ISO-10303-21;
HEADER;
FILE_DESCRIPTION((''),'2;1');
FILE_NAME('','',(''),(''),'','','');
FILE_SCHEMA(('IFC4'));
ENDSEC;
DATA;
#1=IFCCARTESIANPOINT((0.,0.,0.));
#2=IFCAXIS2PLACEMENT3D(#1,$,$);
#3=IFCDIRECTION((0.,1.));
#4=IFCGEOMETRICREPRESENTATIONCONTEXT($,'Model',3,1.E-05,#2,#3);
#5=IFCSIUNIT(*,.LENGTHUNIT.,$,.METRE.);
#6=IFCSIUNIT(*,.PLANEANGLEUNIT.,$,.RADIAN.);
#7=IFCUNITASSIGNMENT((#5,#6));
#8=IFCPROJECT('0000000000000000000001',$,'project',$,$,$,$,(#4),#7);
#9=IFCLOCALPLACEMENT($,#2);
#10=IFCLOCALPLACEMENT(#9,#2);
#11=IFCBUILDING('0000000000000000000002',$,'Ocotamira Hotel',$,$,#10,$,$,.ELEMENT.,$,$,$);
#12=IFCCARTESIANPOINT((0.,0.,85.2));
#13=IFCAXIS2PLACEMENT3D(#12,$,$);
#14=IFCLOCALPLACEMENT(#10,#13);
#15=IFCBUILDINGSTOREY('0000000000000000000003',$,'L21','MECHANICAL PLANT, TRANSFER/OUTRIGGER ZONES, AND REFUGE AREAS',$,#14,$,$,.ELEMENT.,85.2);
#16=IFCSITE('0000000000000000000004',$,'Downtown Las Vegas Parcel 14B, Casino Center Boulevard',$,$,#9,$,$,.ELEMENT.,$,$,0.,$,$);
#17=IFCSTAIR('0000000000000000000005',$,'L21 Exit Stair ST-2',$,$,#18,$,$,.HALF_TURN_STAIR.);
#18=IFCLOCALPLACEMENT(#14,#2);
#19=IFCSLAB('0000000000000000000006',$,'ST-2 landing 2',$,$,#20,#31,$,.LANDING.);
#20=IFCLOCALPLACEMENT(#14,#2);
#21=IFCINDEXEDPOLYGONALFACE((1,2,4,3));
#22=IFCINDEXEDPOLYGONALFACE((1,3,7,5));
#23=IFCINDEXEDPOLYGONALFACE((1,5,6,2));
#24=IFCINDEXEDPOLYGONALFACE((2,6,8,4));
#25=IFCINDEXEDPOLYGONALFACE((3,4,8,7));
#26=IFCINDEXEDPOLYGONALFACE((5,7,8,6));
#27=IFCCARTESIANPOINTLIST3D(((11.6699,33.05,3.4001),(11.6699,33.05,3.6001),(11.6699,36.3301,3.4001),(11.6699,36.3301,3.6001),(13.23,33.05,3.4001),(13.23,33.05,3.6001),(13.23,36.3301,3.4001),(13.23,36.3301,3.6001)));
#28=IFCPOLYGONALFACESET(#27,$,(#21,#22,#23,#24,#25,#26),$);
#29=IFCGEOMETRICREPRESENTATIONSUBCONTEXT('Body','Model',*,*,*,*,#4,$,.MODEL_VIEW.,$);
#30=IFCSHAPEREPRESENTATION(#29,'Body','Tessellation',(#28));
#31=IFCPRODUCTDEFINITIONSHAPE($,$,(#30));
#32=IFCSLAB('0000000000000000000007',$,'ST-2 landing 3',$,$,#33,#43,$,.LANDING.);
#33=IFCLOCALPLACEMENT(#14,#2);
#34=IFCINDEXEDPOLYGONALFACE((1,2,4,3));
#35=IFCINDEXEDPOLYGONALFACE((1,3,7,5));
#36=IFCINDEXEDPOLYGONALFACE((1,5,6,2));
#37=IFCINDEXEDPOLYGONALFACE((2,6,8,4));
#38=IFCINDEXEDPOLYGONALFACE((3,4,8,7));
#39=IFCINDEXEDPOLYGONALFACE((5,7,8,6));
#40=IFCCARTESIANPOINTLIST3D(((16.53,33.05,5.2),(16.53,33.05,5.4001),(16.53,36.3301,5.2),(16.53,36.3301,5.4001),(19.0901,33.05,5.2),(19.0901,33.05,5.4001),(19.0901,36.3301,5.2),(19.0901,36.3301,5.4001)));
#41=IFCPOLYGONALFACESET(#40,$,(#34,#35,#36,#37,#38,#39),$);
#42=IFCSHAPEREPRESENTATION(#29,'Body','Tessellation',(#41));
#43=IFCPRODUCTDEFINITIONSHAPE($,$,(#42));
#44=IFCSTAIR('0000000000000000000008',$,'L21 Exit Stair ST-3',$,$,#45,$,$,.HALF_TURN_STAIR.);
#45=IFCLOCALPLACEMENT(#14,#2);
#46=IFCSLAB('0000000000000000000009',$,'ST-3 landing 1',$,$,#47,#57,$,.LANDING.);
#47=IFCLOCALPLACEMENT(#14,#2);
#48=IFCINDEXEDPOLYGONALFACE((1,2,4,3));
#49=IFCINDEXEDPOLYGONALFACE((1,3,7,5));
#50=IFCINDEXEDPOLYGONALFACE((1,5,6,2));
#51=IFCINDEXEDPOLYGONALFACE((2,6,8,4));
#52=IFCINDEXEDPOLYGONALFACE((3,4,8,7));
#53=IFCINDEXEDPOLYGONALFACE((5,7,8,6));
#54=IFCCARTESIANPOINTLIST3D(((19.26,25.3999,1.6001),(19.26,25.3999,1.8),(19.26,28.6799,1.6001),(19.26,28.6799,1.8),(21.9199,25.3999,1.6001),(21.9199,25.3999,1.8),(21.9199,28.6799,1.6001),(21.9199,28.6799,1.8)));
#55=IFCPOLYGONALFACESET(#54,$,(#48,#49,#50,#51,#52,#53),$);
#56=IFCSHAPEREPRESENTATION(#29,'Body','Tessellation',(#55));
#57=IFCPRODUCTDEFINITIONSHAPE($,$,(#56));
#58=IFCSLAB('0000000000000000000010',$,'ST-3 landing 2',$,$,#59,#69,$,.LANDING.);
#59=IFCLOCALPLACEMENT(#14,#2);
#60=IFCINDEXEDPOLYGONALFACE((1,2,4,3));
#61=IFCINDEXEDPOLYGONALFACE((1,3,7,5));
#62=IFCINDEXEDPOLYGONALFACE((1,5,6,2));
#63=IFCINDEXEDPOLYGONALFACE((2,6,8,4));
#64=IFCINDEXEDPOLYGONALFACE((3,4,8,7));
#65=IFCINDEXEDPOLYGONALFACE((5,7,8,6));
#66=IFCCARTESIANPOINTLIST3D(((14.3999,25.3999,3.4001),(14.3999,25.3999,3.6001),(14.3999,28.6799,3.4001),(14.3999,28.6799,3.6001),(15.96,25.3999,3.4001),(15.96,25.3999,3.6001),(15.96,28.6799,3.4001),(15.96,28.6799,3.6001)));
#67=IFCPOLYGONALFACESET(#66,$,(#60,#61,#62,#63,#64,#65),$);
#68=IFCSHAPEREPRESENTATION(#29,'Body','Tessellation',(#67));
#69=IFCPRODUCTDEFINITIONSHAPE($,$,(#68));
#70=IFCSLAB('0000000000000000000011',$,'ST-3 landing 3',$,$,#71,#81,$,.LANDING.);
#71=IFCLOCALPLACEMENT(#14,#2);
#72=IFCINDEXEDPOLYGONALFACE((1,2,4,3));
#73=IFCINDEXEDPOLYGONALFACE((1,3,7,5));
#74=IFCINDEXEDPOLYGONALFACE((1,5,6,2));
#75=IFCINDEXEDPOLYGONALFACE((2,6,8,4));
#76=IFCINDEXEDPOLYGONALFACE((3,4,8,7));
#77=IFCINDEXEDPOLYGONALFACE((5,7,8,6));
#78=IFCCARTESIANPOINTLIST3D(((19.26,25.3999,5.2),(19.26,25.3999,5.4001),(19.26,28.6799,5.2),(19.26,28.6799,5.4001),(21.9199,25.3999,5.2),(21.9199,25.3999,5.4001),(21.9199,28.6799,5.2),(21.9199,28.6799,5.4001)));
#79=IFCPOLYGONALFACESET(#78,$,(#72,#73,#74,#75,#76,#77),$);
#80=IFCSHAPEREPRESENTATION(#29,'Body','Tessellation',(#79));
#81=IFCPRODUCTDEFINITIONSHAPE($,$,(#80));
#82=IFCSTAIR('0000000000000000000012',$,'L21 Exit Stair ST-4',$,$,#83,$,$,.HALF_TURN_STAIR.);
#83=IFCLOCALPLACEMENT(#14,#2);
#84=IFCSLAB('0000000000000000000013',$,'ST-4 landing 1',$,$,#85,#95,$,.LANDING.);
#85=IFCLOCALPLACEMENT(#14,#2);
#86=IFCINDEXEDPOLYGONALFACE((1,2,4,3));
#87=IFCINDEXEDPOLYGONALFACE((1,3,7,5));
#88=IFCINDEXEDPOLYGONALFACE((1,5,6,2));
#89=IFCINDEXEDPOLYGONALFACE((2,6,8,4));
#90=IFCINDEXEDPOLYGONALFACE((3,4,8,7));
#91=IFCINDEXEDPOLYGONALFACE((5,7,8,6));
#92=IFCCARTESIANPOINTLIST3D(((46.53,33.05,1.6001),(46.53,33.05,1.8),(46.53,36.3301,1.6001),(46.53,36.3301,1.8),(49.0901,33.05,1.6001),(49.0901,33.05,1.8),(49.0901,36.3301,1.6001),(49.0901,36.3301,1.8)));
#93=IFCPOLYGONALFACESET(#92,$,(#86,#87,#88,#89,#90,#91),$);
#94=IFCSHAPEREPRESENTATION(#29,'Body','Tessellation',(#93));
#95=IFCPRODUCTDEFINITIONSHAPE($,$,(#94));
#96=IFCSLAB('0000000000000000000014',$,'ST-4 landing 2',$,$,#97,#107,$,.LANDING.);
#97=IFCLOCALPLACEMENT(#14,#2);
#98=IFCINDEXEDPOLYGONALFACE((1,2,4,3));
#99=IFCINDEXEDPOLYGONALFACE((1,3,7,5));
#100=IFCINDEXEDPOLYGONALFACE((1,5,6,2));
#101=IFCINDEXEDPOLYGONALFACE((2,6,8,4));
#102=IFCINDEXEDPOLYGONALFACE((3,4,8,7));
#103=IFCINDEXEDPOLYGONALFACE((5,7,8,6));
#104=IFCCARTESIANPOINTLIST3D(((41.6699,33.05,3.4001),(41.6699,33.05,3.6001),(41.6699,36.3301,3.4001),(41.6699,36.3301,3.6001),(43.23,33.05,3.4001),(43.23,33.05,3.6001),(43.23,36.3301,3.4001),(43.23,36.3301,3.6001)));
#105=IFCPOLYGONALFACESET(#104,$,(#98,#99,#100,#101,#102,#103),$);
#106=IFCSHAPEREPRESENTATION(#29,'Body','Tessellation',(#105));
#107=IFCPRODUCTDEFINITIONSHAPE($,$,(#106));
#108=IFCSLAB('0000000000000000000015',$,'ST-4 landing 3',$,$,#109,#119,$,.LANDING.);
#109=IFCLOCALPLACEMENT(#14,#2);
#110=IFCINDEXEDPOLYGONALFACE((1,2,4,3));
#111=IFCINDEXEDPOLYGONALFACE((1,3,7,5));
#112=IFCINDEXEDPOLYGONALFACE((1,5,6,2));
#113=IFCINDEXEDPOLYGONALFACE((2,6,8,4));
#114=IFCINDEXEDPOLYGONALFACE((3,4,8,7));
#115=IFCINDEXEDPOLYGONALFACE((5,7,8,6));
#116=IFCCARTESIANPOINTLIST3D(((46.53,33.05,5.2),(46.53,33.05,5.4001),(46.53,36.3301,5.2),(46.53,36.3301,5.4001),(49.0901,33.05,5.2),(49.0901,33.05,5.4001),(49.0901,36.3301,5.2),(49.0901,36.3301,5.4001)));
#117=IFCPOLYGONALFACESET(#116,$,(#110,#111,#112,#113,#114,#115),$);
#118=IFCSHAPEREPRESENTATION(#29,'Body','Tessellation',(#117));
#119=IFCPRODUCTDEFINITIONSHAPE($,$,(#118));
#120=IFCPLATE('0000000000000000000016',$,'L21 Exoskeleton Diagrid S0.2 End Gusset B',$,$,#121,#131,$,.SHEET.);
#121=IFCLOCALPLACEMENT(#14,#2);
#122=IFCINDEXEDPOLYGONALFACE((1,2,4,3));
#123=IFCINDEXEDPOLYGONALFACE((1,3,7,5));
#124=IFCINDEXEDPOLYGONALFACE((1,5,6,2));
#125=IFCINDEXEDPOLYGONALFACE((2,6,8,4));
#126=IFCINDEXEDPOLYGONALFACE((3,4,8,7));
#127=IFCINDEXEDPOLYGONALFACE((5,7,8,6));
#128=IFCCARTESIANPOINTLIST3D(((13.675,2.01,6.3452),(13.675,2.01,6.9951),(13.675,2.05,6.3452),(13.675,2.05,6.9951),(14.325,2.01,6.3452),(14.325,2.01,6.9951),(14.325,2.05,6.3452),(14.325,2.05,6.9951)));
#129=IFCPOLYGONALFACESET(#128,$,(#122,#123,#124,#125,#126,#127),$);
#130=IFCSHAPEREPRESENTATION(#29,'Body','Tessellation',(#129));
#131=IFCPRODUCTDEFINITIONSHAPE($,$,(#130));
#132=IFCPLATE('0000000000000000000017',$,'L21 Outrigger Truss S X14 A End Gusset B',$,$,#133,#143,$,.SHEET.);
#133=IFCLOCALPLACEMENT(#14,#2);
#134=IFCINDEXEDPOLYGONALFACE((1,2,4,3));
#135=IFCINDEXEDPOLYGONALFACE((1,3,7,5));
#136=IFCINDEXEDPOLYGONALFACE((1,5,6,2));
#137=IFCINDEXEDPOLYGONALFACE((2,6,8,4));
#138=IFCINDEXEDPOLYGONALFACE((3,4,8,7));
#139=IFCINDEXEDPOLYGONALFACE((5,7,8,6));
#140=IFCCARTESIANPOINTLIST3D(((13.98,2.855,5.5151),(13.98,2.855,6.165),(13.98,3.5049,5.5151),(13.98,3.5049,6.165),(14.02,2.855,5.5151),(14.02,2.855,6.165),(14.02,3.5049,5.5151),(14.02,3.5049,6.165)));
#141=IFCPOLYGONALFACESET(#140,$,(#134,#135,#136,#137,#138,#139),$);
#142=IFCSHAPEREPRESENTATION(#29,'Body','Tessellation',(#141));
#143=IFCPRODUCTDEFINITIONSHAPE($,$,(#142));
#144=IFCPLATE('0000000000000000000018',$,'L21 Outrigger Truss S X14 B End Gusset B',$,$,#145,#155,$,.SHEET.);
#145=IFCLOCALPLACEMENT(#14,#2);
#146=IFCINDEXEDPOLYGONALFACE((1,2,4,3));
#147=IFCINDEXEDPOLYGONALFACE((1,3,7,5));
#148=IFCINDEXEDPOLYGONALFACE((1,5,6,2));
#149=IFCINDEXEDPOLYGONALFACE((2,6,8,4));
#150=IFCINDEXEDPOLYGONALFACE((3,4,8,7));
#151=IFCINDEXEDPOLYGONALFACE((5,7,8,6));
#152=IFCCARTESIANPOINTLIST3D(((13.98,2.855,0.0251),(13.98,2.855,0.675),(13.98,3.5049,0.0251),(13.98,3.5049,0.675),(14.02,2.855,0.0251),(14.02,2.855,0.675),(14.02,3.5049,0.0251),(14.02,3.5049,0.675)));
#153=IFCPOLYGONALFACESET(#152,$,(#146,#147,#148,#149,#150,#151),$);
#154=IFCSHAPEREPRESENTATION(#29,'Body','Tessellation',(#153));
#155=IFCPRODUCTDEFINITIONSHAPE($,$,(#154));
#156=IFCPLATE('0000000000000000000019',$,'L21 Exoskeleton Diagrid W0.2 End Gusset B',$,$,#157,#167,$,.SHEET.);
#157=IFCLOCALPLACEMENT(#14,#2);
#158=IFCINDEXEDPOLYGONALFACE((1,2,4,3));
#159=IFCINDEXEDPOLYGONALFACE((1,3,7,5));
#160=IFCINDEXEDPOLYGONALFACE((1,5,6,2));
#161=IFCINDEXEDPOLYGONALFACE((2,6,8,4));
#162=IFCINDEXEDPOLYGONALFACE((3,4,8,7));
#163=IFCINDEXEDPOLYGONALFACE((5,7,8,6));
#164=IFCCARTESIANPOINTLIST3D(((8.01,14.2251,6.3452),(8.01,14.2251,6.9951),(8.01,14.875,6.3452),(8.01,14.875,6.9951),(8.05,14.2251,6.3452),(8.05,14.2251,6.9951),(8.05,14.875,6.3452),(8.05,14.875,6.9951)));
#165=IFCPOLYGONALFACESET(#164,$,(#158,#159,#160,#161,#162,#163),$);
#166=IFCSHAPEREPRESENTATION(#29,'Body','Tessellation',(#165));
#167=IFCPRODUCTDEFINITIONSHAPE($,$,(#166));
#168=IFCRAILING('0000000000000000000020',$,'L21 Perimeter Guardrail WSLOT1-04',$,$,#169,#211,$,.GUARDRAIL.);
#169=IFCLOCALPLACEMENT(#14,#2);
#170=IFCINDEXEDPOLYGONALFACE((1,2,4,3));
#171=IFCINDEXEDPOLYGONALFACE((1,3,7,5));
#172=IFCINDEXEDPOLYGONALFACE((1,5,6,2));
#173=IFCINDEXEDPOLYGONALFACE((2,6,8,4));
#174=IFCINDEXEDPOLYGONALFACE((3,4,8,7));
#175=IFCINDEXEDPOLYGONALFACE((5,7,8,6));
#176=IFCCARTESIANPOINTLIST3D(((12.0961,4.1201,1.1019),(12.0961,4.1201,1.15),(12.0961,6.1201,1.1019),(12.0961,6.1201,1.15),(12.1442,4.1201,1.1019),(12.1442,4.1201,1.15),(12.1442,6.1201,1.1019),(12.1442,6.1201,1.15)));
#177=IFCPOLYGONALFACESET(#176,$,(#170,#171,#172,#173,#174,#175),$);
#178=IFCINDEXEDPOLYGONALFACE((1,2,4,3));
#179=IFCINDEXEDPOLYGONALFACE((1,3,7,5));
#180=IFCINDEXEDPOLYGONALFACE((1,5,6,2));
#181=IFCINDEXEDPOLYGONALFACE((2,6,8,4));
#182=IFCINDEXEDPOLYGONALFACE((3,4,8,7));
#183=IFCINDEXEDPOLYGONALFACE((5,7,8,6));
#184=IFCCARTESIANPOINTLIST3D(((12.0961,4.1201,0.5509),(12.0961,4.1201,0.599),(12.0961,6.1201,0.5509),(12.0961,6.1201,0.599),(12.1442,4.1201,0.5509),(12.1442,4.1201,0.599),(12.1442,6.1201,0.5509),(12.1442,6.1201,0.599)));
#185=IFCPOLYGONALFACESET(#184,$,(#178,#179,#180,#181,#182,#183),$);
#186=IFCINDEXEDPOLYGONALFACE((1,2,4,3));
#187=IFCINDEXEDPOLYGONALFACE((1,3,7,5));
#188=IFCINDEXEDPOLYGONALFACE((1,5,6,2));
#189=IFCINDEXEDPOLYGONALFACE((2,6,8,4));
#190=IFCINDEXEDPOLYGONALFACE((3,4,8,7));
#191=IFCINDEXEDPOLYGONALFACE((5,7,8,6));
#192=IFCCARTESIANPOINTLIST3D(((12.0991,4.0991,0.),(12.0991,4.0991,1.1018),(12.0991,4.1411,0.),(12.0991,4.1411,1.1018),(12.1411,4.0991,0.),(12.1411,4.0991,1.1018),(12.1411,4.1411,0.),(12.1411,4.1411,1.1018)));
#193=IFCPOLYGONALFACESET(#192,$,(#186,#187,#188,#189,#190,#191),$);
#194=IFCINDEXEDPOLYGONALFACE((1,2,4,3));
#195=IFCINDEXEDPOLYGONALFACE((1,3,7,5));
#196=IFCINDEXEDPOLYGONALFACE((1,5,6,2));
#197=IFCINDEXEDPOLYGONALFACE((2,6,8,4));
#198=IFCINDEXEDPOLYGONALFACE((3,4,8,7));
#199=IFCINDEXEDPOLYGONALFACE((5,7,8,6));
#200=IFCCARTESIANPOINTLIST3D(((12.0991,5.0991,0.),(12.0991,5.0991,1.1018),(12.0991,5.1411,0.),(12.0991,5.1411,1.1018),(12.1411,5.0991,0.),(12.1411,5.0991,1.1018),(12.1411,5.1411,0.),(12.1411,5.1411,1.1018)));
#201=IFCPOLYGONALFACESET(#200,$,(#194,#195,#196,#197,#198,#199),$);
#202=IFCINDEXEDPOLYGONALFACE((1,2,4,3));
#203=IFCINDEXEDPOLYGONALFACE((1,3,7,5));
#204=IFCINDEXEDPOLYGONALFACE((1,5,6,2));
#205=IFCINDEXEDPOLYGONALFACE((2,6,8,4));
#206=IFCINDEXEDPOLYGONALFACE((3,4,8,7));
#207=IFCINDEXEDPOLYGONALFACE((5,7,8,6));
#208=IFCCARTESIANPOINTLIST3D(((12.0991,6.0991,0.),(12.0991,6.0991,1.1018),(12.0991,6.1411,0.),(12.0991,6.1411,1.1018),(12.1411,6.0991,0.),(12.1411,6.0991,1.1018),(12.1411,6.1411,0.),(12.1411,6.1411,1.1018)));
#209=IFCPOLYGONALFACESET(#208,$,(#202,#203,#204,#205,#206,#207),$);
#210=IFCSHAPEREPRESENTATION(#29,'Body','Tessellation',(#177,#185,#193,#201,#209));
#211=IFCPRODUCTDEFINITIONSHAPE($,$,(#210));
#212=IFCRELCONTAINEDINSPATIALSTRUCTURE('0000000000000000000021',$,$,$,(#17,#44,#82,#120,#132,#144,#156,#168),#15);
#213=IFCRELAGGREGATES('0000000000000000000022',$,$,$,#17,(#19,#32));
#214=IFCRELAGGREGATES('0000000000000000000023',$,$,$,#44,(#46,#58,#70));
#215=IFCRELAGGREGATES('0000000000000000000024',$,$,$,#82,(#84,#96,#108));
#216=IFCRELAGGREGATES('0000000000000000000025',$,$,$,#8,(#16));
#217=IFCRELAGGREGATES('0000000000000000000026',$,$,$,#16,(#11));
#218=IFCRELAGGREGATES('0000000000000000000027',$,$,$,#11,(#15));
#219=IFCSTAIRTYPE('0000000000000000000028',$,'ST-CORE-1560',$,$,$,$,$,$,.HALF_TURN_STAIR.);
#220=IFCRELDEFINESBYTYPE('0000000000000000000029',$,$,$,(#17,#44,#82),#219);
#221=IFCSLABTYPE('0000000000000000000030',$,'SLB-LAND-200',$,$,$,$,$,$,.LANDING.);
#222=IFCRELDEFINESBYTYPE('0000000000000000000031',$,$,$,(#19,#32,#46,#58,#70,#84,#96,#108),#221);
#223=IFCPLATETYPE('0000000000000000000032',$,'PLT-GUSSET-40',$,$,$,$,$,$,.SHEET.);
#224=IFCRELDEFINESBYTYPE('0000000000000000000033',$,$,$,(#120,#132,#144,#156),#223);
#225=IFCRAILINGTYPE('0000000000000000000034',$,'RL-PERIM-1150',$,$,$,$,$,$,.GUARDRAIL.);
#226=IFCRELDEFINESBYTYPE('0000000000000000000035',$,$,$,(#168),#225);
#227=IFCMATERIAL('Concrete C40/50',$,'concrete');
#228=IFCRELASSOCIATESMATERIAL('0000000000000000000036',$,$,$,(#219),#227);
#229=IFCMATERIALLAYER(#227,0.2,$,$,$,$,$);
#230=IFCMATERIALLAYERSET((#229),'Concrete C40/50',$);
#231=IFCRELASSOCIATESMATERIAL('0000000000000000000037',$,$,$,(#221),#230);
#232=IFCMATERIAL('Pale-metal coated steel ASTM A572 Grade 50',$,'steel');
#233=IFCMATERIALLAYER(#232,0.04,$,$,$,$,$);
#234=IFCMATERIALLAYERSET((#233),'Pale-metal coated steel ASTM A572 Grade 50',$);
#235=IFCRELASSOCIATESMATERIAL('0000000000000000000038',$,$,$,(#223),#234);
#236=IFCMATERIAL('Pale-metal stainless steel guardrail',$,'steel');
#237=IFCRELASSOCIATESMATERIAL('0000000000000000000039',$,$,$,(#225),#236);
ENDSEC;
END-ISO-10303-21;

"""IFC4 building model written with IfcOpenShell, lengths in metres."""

from ifc_helpers import new_model, si_unit, direction, frame, origin, origin_2d, place, context, subcontext, project, spatial, polyline, rectangle, outline, extrude, source, transform, mapped, material, layer, layer_set, type_object, element, aggregate, save


model = new_model("IFC4")

# Units and contexts
model_context = context("Model", 3, precision=1e-05, world=origin(), true_north=direction((0.0, 1.0)))
body_context = subcontext(model_context, "Body", "Model", "MODEL_VIEW")
ifc_project = project(units=[si_unit("LENGTHUNIT", "METRE"), si_unit("PLANEANGLEUNIT", "RADIAN")], contexts=[model_context])

# Site, building, storey
site_placement = place(None, origin())
site = spatial("IfcSite", under=ifc_project, at=site_placement, Name="Downtown Las Vegas Parcel 14B, Casino Center Boulevard", CompositionType="ELEMENT", RefElevation=0.0)
building_placement = place(site_placement, origin())
building = spatial("IfcBuilding", under=site, at=building_placement, Name="Ocotamira Hotel", CompositionType="ELEMENT")
storey_placement = place(building_placement, frame((0.0, 0.0, 85.2)))
storey = spatial("IfcBuildingStorey", under=building, at=storey_placement, Name="L21", Description="MECHANICAL PLANT, TRANSFER/OUTRIGGER ZONES, AND REFUGE AREAS", CompositionType="ELEMENT", Elevation=85.2)

# Shared definitions
ifc_material_1 = material(Name="Concrete C40/50", Category="concrete")

# Stairs, slabs
stair_type = type_object("IfcStairType", Name="ST-CORE-1560", PredefinedType="HALF_TURN_STAIR", material=ifc_material_1)
ifc_layer_1 = layer(ifc_material_1, 0.2)
ifc_layer_set_1 = layer_set([ifc_layer_1], Name="Concrete C40/50")
slab_type_1 = type_object("IfcSlabType", Name="SLB-LAND-200", PredefinedType="LANDING", material=ifc_layer_set_1)
stair_1_placement = place(storey_placement, origin())
stair_1 = element("IfcStair", 1, at=stair_1_placement, inside=storey, type_object=stair_type, Name="L21 Exit Stair ST-2", PredefinedType="HALF_TURN_STAIR")
slab_1_placement = place(storey_placement, frame((0.0, 0.0, 3.4001)))
slab_1 = element("IfcSlab", 2, at=slab_1_placement, type_object=slab_type_1, Name="ST-2 landing 2", PredefinedType="LANDING", context=body_context, shape_type="SweptSolid", body=[
    extrude(outline(polyline([(11.6699, 33.05), (13.23, 33.05), (13.23, 36.3301), (11.6699, 36.3301), (11.6699, 33.05)])), origin(), (0.0, 0.0, 1.0), 0.2),
])
slab_2_placement = place(storey_placement, frame((0.0, 0.0, 5.2)))
slab_2 = element("IfcSlab", 3, at=slab_2_placement, type_object=slab_type_1, Name="ST-2 landing 3", PredefinedType="LANDING", context=body_context, shape_type="SweptSolid", body=[
    extrude(outline(polyline([(16.53, 33.05), (19.0901, 33.05), (19.0901, 36.3301), (16.53, 36.3301), (16.53, 33.05)])), origin(), (0.0, 0.0, 1.0), 0.2002),
])
aggregate(stair_1, [slab_1, slab_2])
stair_2_placement = place(storey_placement, origin())
stair_2 = element("IfcStair", 4, at=stair_2_placement, inside=storey, type_object=stair_type, Name="L21 Exit Stair ST-3", PredefinedType="HALF_TURN_STAIR")
slab_3_placement = place(storey_placement, frame((0.0, 0.0, 1.6001)))
slab_3 = element("IfcSlab", 5, at=slab_3_placement, type_object=slab_type_1, Name="ST-3 landing 1", PredefinedType="LANDING", context=body_context, shape_type="SweptSolid", body=[
    extrude(outline(polyline([(19.26, 25.3999), (21.9199, 25.3999), (21.9199, 28.6799), (19.26, 28.6799), (19.26, 25.3999)])), origin(), (0.0, 0.0, 1.0), 0.2),
])
slab_4_placement = place(storey_placement, frame((0.0, 0.0, 3.4001)))
slab_4 = element("IfcSlab", 6, at=slab_4_placement, type_object=slab_type_1, Name="ST-3 landing 2", PredefinedType="LANDING", context=body_context, shape_type="SweptSolid", body=[
    extrude(outline(polyline([(14.3999, 25.3999), (15.96, 25.3999), (15.96, 28.6799), (14.3999, 28.6799), (14.3999, 25.3999)])), origin(), (0.0, 0.0, 1.0), 0.2),
])
slab_5_placement = place(storey_placement, frame((0.0, 0.0, 5.2)))
slab_5 = element("IfcSlab", 7, at=slab_5_placement, type_object=slab_type_1, Name="ST-3 landing 3", PredefinedType="LANDING", context=body_context, shape_type="SweptSolid", body=[
    extrude(outline(polyline([(19.26, 25.3999), (21.9199, 25.3999), (21.9199, 28.6799), (19.26, 28.6799), (19.26, 25.3999)])), origin(), (0.0, 0.0, 1.0), 0.2002),
])
aggregate(stair_2, [slab_3, slab_4, slab_5])
stair_3_placement = place(storey_placement, origin())
stair_3 = element("IfcStair", 8, at=stair_3_placement, inside=storey, type_object=stair_type, Name="L21 Exit Stair ST-4", PredefinedType="HALF_TURN_STAIR")
slab_6_placement = place(storey_placement, frame((0.0, 0.0, 1.6001)))
slab_6 = element("IfcSlab", 9, at=slab_6_placement, type_object=slab_type_1, Name="ST-4 landing 1", PredefinedType="LANDING", context=body_context, shape_type="SweptSolid", body=[
    extrude(outline(polyline([(46.53, 33.05), (49.0901, 33.05), (49.0901, 36.3301), (46.53, 36.3301), (46.53, 33.05)])), origin(), (0.0, 0.0, 1.0), 0.2),
])
slab_7_placement = place(storey_placement, frame((0.0, 0.0, 3.4001)))
slab_7 = element("IfcSlab", 10, at=slab_7_placement, type_object=slab_type_1, Name="ST-4 landing 2", PredefinedType="LANDING", context=body_context, shape_type="SweptSolid", body=[
    extrude(outline(polyline([(41.6699, 33.05), (43.23, 33.05), (43.23, 36.3301), (41.6699, 36.3301), (41.6699, 33.05)])), origin(), (0.0, 0.0, 1.0), 0.2),
])
slab_8_placement = place(storey_placement, frame((0.0, 0.0, 5.2)))
slab_8 = element("IfcSlab", 11, at=slab_8_placement, type_object=slab_type_1, Name="ST-4 landing 3", PredefinedType="LANDING", context=body_context, shape_type="SweptSolid", body=[
    extrude(outline(polyline([(46.53, 33.05), (49.0901, 33.05), (49.0901, 36.3301), (46.53, 36.3301), (46.53, 33.05)])), origin(), (0.0, 0.0, 1.0), 0.2002),
])
aggregate(stair_3, [slab_6, slab_7, slab_8])

# Plates
ifc_material_2 = material(Name="Pale-metal coated steel ASTM A572 Grade 50", Category="steel")
ifc_layer_2 = layer(ifc_material_2, 0.04)
ifc_layer_set_2 = layer_set([ifc_layer_2], Name="Pale-metal coated steel ASTM A572 Grade 50")
plate_type = type_object("IfcPlateType", Name="PLT-GUSSET-40", PredefinedType="SHEET", material=ifc_layer_set_2)
shared_shape_1 = source(origin(), body_context, "Body", "SweptSolid", [
    extrude(rectangle(XDim=0.6499, YDim=0.04, at=origin_2d()), origin(), (0.0, 0.0, 1.0), 0.6499),
])
plate_placement = place(storey_placement, frame((14.0, 2.03, 6.3452), z_axis=(0.0, 0.0, 1.0), x_axis=(-1.0, 0.0, 0.0)))
element("IfcPlate", 12, at=plate_placement, inside=storey, type_object=plate_type, Name="L21 Exoskeleton Diagrid S0.2 End Gusset B", PredefinedType="SHEET", context=body_context, shape_type="MappedRepresentation", body=[
    mapped(shared_shape_1, transform((0.0, 0.0, 0.0), scale=1.0)),
])
shared_shape_2 = source(origin(), body_context, "Body", "SweptSolid", [
    extrude(rectangle(XDim=0.04, YDim=0.6499, at=origin_2d()), origin(), (0.0, 0.0, 1.0), 0.6499),
])
for number, where, z_axis, x_axis, name in (
    (13, (14.0, 3.1799, 5.5151), (0.0, 0.0, 1.0), (1.0, 0.0, 0.0), "L21 Outrigger Truss S X14 A End Gusset B"),
    (14, (14.0, 3.1799, 0.0251), (0.0, 0.0, 1.0), (1.0, 0.0, 0.0), "L21 Outrigger Truss S X14 B End Gusset B"),
    (15, (8.03, 14.55, 6.3452), (0.0, 0.0, 1.0), (1.0, 0.0, 0.0), "L21 Exoskeleton Diagrid W0.2 End Gusset B"),
):
    element("IfcPlate", number, at=place(storey_placement, frame(where, z_axis=z_axis, x_axis=x_axis)), inside=storey, type_object=plate_type, Name=name, PredefinedType="SHEET", context=body_context, shape_type="MappedRepresentation", body=[
        mapped(shared_shape_2, transform((0.0, 0.0, 0.0), scale=1.0)),
    ])

# Railing
ifc_material_3 = material(Name="Pale-metal stainless steel guardrail", Category="steel")
railing_type = type_object("IfcRailingType", Name="RL-PERIM-1150", PredefinedType="GUARDRAIL", material=ifc_material_3)
railing_1_placement = place(storey_placement, frame((12.1201, 4.1201, 0.0)))
element("IfcRailing", 16, at=railing_1_placement, inside=storey, type_object=railing_type, Name="L21 Perimeter Guardrail WSLOT1-04", PredefinedType="GUARDRAIL", context=body_context, shape_type="SweptSolid", body=[
    extrude(rectangle(XDim=0.0481, YDim=0.0481, at=origin_2d()), frame((0.0, 0.0, 1.126), z_axis=(0.0, 1.0, 0.0), x_axis=(-1.0, 0.0, 0.0)), (0.0, 0.0, 1.0), 2.0),
    extrude(rectangle(XDim=0.0481, YDim=0.0481, at=origin_2d()), frame((0.0, 0.0, 0.575), z_axis=(0.0, 1.0, 0.0), x_axis=(-1.0, 0.0, 0.0)), (0.0, 0.0, 1.0), 2.0),
    extrude(rectangle(XDim=0.042, YDim=0.042, at=origin_2d()), origin(), (0.0, 0.0, 1.0), 1.1018),
    extrude(rectangle(XDim=0.042, YDim=0.042, at=origin_2d()), frame((0.0, 1.0, 0.0)), (0.0, 0.0, 1.0), 1.1018),
    extrude(rectangle(XDim=0.042, YDim=0.042, at=origin_2d()), frame((0.0, 2.0, 0.0)), (0.0, 0.0, 1.0), 1.1018),
])

save(model, "model.ifc")
